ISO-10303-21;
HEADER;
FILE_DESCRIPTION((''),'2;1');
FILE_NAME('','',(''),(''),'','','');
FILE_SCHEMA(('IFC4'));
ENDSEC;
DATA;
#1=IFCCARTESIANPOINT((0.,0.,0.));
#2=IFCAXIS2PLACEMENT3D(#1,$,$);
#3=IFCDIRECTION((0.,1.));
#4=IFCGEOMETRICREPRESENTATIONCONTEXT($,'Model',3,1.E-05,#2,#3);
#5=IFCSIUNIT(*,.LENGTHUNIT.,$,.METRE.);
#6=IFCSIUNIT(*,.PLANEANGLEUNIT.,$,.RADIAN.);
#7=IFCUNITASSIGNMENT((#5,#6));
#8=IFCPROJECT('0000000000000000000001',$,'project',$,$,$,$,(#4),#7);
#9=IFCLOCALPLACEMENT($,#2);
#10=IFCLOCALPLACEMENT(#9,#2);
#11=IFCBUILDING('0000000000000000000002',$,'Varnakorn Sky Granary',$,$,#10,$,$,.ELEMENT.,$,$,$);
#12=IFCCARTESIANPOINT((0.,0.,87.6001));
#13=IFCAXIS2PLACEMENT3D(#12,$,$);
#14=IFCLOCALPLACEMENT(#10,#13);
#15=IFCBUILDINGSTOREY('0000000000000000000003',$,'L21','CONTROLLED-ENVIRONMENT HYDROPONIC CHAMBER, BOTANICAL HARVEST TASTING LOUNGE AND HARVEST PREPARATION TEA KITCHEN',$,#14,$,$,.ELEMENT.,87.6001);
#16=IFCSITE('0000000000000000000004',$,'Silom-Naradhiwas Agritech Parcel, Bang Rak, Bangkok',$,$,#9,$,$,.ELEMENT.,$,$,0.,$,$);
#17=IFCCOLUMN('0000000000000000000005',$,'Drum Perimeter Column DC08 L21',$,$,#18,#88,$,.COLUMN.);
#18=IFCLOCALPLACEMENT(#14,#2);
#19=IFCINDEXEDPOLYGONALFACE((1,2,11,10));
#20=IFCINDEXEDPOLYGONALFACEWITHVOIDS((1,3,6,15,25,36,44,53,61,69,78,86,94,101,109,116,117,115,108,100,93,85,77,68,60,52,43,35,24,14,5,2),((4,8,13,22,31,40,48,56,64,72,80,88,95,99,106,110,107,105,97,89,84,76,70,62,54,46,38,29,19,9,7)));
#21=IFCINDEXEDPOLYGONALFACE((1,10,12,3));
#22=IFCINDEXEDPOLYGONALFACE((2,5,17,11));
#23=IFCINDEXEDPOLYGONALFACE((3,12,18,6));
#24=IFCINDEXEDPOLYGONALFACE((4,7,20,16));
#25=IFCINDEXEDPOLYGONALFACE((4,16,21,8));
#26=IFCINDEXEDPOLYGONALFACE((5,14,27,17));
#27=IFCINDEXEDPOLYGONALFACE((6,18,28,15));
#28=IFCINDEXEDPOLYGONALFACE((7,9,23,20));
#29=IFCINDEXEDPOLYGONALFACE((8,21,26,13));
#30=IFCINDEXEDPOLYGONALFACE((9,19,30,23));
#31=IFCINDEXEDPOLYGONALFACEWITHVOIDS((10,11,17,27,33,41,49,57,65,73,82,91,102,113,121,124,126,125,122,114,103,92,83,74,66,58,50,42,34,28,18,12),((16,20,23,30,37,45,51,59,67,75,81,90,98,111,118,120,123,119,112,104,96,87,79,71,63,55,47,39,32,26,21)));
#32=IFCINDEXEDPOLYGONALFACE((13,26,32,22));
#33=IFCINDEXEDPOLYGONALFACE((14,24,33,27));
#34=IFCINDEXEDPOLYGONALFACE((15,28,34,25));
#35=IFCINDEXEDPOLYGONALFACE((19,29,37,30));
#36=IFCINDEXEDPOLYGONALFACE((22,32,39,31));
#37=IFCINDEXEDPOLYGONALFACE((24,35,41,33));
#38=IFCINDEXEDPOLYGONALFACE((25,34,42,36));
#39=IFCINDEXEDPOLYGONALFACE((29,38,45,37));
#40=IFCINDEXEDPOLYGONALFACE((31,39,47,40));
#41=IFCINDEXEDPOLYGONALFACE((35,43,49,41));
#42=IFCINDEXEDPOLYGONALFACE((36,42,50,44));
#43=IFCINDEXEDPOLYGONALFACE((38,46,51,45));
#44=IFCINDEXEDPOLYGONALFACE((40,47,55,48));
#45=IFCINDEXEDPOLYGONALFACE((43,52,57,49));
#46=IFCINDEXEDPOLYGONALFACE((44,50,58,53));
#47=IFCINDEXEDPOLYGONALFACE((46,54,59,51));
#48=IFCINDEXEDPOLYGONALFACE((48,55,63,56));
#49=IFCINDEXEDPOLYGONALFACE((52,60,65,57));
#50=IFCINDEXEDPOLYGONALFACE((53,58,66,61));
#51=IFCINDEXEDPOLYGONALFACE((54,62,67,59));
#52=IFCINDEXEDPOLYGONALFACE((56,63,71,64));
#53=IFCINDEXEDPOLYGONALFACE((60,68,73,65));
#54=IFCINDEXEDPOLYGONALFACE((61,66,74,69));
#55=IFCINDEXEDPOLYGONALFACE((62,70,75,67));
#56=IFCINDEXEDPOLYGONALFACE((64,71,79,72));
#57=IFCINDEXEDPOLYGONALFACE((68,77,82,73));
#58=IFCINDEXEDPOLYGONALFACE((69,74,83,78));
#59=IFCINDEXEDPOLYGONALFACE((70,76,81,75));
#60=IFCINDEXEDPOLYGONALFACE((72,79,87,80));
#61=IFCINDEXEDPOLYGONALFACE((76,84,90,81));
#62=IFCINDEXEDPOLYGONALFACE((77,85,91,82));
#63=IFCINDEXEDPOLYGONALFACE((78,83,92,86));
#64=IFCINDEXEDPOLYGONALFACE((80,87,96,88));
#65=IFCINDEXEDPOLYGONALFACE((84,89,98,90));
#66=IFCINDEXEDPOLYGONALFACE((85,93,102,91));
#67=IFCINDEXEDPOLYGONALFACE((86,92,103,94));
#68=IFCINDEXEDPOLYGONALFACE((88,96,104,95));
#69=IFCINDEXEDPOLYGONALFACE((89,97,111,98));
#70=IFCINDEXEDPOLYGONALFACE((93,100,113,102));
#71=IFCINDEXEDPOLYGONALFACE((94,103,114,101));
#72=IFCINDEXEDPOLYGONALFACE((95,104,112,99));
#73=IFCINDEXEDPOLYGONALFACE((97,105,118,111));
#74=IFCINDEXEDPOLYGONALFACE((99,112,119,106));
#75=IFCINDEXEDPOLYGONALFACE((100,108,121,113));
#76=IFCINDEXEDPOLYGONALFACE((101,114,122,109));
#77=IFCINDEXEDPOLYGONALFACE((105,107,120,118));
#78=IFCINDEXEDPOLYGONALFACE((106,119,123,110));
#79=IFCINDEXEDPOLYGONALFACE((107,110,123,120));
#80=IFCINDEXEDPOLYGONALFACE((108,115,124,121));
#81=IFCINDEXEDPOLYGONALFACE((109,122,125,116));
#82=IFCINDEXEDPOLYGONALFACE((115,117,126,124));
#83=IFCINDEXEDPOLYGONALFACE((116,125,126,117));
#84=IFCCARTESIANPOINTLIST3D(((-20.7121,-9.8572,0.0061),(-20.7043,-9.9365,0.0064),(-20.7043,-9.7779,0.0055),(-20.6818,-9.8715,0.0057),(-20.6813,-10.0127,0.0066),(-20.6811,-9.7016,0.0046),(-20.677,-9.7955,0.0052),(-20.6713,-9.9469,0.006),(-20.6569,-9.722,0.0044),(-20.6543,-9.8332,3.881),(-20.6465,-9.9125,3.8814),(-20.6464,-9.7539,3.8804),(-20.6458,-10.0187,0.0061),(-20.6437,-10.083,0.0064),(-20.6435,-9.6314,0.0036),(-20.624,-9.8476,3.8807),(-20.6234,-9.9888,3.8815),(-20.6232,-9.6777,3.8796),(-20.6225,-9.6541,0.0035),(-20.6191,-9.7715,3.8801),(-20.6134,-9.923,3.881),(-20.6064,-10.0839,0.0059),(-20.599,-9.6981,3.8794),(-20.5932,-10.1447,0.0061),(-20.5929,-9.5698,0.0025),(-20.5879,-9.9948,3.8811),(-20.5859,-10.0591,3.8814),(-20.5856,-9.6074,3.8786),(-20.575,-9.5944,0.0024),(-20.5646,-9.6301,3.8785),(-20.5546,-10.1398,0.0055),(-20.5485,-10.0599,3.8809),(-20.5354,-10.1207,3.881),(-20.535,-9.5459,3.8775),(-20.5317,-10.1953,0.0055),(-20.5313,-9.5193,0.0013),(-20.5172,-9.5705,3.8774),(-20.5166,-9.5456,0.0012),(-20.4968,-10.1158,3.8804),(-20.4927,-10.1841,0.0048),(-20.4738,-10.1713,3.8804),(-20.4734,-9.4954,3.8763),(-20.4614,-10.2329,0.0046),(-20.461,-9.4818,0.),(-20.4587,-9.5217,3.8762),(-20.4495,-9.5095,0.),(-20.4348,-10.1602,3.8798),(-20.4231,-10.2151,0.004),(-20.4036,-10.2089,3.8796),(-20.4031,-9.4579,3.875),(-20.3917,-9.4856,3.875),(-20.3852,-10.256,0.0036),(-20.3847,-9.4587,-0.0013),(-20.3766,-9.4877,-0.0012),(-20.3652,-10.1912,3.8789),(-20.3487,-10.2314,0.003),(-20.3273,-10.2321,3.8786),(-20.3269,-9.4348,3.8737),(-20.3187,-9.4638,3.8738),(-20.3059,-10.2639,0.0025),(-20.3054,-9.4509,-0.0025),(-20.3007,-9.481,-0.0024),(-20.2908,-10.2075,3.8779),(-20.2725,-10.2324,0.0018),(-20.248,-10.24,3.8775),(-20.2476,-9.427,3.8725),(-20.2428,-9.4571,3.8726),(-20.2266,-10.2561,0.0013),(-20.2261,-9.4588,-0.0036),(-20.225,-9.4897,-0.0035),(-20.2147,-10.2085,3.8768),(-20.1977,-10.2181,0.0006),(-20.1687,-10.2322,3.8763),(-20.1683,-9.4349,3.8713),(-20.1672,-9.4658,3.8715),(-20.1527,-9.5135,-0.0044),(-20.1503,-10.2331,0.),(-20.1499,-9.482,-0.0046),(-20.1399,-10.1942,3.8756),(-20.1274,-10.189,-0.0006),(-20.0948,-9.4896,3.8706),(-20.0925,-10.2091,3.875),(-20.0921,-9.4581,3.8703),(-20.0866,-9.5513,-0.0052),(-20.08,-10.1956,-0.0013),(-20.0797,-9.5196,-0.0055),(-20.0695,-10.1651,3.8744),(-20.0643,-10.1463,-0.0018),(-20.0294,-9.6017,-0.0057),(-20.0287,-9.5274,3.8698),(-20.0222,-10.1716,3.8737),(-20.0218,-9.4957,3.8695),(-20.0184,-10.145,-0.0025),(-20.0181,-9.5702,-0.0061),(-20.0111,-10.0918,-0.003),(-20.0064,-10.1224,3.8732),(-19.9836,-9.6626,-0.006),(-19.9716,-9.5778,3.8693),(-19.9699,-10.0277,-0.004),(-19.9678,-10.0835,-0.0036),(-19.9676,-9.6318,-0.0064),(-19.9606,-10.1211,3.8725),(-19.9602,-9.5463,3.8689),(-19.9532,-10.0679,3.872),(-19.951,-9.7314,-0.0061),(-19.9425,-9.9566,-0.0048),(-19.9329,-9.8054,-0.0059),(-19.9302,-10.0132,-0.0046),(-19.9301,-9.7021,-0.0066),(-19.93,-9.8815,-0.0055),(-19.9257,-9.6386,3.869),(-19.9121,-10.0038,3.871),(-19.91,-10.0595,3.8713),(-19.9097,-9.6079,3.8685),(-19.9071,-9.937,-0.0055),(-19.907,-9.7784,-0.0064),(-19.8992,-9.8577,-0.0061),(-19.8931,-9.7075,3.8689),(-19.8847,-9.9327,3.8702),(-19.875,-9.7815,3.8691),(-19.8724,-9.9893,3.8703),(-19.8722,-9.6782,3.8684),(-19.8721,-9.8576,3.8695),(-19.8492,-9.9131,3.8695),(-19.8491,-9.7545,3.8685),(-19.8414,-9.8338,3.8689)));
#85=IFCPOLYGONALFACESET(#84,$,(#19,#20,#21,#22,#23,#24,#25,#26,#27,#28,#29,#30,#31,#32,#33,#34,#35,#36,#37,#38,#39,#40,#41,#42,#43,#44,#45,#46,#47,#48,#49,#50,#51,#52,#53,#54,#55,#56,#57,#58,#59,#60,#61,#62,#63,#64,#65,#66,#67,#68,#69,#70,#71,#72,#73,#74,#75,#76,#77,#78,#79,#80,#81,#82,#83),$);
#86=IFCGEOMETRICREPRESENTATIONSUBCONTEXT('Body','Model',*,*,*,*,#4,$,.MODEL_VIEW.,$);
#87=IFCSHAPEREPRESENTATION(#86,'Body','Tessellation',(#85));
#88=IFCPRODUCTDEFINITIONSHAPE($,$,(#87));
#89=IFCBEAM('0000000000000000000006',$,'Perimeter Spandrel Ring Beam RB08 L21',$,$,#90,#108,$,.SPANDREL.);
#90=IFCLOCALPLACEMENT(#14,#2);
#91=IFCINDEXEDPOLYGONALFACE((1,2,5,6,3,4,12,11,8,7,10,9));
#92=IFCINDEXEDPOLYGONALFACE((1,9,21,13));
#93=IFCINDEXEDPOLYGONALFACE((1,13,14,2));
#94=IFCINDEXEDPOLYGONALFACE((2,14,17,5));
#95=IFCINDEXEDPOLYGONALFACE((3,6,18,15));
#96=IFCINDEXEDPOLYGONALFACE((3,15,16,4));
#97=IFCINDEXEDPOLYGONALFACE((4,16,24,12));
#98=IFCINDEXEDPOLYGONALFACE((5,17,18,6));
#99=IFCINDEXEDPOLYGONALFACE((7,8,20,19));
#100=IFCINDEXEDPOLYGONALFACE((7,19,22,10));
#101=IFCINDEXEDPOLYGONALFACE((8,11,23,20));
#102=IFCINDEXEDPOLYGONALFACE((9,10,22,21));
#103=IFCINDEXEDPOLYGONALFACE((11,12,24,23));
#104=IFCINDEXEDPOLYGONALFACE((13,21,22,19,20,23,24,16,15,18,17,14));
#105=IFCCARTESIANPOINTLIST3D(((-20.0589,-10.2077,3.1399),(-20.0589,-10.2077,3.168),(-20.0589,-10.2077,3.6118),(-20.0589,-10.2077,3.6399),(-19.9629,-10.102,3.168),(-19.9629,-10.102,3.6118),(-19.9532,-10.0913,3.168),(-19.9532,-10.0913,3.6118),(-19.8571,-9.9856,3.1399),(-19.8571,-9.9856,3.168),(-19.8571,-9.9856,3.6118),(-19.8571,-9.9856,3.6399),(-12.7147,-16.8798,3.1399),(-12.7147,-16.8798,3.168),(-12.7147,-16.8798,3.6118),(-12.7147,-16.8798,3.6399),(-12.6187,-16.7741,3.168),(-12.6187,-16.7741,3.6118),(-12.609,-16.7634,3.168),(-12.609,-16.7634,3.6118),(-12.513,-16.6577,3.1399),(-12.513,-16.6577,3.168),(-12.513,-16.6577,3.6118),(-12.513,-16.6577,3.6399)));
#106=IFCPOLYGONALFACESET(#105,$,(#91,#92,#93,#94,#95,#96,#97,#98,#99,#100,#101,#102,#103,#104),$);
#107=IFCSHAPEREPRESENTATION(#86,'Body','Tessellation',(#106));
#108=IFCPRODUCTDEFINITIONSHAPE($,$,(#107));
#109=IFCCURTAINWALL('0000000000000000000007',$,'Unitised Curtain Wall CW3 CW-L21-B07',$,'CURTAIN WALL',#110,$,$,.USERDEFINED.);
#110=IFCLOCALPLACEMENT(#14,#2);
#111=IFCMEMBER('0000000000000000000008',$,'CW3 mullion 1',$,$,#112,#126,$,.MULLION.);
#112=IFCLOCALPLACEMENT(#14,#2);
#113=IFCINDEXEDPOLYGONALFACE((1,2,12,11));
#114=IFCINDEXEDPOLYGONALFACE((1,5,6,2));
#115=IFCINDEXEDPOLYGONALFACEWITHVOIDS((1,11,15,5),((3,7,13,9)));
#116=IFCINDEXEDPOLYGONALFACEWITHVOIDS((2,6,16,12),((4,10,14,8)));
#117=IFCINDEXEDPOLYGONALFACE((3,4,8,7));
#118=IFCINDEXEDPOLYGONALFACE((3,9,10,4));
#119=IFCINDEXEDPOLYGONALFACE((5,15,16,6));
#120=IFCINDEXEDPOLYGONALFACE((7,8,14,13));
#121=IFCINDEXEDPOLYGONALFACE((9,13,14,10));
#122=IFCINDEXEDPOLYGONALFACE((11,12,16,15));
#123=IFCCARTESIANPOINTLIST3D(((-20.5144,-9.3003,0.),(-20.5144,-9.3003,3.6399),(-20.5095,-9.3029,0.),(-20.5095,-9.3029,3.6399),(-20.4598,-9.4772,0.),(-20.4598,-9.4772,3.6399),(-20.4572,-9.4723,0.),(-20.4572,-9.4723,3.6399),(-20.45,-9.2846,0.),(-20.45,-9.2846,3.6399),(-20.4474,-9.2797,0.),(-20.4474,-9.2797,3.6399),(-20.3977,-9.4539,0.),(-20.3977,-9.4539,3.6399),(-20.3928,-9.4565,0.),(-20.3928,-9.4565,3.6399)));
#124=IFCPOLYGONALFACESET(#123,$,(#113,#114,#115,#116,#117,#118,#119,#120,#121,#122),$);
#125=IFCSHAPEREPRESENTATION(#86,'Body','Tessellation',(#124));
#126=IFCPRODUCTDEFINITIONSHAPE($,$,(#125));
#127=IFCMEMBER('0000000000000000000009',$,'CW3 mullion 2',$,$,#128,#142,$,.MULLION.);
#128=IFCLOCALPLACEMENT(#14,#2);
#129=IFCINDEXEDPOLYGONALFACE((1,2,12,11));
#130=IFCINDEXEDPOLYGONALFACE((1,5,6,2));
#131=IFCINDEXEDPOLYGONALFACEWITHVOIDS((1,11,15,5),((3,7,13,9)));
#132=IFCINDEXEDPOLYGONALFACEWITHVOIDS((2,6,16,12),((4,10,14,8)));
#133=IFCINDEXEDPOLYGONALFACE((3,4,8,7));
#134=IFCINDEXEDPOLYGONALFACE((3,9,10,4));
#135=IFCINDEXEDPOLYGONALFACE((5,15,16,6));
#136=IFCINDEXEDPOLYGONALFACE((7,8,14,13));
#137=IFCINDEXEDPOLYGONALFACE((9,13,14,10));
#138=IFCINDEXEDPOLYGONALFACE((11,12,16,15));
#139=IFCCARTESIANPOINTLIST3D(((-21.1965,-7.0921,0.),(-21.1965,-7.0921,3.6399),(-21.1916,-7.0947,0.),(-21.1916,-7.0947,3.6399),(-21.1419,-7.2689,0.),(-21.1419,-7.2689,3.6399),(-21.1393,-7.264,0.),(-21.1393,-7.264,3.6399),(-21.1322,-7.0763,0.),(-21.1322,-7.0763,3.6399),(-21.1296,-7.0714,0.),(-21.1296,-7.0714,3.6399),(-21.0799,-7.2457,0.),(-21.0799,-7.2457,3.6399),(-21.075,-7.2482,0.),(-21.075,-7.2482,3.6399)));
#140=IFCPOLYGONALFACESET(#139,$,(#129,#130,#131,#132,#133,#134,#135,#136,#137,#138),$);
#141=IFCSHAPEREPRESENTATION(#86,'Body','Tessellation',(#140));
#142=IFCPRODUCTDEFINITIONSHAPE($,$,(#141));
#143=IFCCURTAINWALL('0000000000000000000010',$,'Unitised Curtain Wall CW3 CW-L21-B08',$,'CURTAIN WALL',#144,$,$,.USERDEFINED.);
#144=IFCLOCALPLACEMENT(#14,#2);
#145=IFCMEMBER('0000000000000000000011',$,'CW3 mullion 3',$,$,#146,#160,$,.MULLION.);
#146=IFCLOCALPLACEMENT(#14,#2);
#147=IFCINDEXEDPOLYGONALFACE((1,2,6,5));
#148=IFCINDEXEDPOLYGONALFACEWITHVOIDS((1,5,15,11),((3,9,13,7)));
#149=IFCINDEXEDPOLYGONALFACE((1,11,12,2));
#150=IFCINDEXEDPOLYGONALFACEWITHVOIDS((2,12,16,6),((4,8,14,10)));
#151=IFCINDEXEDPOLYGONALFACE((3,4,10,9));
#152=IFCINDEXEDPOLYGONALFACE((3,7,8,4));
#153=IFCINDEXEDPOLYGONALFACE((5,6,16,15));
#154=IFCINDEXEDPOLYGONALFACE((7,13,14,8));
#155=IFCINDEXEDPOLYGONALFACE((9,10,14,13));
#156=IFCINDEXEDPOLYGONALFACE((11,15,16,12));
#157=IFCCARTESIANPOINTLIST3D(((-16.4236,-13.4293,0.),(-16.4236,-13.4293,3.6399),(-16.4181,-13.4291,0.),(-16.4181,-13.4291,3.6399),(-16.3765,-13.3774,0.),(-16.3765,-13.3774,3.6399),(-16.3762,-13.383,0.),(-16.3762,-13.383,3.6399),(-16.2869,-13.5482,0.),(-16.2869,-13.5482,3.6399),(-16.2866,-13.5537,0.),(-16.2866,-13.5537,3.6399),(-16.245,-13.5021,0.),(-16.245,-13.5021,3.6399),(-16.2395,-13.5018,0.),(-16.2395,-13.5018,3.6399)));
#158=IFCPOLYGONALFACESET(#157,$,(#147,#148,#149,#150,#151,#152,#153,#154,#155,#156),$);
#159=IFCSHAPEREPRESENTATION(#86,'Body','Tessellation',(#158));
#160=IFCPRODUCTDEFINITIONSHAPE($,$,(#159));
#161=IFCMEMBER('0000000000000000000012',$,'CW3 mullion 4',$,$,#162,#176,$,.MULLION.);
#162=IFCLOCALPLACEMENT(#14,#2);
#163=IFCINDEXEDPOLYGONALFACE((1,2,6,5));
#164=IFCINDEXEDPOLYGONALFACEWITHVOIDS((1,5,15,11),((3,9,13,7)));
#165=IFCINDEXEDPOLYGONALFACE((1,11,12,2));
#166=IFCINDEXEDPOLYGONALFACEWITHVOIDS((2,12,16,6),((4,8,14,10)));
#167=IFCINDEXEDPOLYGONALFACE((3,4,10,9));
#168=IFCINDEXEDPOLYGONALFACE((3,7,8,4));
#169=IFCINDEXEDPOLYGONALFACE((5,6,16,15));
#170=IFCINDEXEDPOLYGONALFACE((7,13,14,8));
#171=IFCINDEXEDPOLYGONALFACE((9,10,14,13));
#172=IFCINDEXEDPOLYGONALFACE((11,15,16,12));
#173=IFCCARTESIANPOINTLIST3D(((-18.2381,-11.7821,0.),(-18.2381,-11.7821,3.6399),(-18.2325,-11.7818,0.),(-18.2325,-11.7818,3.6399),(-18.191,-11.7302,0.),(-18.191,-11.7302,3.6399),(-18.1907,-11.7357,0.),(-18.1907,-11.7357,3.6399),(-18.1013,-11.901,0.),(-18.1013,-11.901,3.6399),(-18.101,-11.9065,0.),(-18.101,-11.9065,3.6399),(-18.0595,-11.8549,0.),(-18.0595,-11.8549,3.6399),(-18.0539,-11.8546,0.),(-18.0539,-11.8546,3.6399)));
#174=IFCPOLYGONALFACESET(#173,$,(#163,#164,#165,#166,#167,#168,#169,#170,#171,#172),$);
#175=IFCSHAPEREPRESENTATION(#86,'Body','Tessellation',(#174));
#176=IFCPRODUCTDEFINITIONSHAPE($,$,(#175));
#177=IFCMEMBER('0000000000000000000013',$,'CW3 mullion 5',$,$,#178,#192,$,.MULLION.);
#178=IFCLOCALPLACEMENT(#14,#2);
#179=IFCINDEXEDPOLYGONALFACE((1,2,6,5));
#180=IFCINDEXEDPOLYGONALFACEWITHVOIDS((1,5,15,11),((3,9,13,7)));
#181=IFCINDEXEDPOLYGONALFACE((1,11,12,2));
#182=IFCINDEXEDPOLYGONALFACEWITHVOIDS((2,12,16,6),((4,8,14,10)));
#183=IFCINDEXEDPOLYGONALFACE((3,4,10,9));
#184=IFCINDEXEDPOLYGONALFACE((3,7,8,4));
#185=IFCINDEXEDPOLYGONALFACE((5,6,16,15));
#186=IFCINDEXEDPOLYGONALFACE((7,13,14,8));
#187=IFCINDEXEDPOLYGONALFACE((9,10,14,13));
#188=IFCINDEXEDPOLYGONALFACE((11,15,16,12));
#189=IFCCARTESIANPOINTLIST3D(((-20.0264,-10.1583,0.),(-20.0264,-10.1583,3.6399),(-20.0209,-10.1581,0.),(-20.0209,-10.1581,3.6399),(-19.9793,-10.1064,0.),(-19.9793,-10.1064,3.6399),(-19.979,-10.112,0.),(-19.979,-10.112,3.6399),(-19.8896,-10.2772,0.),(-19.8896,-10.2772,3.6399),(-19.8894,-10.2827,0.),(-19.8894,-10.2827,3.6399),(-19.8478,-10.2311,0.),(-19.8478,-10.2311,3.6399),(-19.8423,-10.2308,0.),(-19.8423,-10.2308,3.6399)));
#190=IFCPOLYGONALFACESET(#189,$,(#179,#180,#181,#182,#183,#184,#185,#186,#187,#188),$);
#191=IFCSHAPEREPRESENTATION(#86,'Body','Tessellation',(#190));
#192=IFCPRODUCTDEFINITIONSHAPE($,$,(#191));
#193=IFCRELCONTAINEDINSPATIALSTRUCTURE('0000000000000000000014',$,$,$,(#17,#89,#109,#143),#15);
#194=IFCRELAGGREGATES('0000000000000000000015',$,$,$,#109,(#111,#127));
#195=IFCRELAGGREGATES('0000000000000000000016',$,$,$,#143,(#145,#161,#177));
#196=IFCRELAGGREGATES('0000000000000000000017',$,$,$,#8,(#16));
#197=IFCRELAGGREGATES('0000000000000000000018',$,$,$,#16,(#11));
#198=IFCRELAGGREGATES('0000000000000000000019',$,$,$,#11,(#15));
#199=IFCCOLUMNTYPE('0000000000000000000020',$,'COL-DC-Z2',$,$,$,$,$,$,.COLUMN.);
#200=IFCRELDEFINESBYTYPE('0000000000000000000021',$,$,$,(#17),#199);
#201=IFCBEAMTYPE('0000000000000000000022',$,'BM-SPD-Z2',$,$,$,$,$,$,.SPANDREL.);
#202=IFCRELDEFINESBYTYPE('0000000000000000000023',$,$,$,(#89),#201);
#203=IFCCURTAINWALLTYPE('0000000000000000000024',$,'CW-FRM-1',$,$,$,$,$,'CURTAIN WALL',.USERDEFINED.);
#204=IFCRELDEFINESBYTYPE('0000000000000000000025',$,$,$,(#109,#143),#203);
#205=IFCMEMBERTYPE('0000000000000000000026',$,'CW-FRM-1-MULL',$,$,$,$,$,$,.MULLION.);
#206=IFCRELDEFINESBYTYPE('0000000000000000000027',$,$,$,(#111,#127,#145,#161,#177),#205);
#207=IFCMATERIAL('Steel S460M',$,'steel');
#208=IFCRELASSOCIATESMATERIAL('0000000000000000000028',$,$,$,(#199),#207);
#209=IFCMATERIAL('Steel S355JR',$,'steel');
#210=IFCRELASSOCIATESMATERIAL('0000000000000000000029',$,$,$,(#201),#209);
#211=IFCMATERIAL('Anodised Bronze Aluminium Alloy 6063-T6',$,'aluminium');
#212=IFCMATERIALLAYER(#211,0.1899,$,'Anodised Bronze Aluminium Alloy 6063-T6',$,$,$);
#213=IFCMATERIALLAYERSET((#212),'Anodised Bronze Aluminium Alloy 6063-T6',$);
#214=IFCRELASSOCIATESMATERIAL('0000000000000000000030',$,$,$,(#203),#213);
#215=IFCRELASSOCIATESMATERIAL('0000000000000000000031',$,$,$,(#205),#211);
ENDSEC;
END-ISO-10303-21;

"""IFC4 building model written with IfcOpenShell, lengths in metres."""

from ifc_helpers import new_model, si_unit, direction, frame, origin, origin_2d, place, context, subcontext, project, spatial, hollow_rectangle, hollow_circle, i_section, extrude, material, layer, layer_set, material_profile, profile_set, type_object, element, aggregate, save


model = new_model("IFC4")

# Units and contexts
model_context = context("Model", 3, precision=1e-05, world=origin(), true_north=direction((0.0, 1.0)))
body_context = subcontext(model_context, "Body", "Model", "MODEL_VIEW")
ifc_project = project(units=[si_unit("LENGTHUNIT", "METRE"), si_unit("PLANEANGLEUNIT", "RADIAN")], contexts=[model_context])

# Site, building, storey
site_placement = place(None, origin())
site = spatial("IfcSite", under=ifc_project, at=site_placement, Name="Silom-Naradhiwas Agritech Parcel, Bang Rak, Bangkok", CompositionType="ELEMENT", RefElevation=0.0)
building_placement = place(site_placement, origin())
building = spatial("IfcBuilding", under=site, at=building_placement, Name="Varnakorn Sky Granary", CompositionType="ELEMENT")
storey_placement = place(building_placement, frame((0.0, 0.0, 87.6001)))
storey = spatial("IfcBuildingStorey", under=building, at=storey_placement, Name="L21", Description="CONTROLLED-ENVIRONMENT HYDROPONIC CHAMBER, BOTANICAL HARVEST TASTING LOUNGE AND HARVEST PREPARATION TEA KITCHEN", CompositionType="ELEMENT", Elevation=87.6001)

# Column
ifc_material_1 = material(Name="Steel S460M", Category="steel")
ifc_material_profile_1 = material_profile(ifc_material_1, hollow_circle(Radius=0.4065, WallThickness=0.03, at=origin_2d()), Name="CHS 813x30")
ifc_profile_set_1 = profile_set([ifc_material_profile_1], Name="Steel S460M")
column_type = type_object("IfcColumnType", Name="COL-DC-Z2", PredefinedType="COLUMN", material=ifc_profile_set_1)
column_placement = place(storey_placement, frame((-20.3057, -9.8574, 0.0), z_axis=(0.01493, 0.006174, 0.999869), x_axis=(-0.382122, 0.924112, 0.0)))
element("IfcColumn", 1, at=column_placement, inside=storey, type_object=column_type, Name="Drum Perimeter Column DC08 L21", PredefinedType="COLUMN", context=body_context, shape_type="SweptSolid", body=[
    extrude(hollow_circle(Radius=0.4065, WallThickness=0.03, at=origin_2d()), origin(), (0.0, 0.0, 1.0), 3.8755),
])

# Beam
ifc_material_2 = material(Name="Steel S355JR", Category="steel")
ifc_material_profile_2 = material_profile(ifc_material_2, i_section(OverallWidth=0.3, OverallDepth=0.5, WebThickness=0.0144, FlangeThickness=0.0281, at=origin_2d()), Name="HE 500 B")
ifc_profile_set_2 = profile_set([ifc_material_profile_2], Name="Steel S355JR")
beam_type = type_object("IfcBeamType", Name="BM-SPD-Z2", PredefinedType="SPANDREL", material=ifc_profile_set_2)
beam_placement = place(storey_placement, frame((-19.958, -10.0967, 3.3899), z_axis=(0.740164, -0.672427, 0.0), x_axis=(0.672427, 0.740164, 0.0)))
element("IfcBeam", 2, at=beam_placement, inside=storey, type_object=beam_type, Name="Perimeter Spandrel Ring Beam RB08 L21", PredefinedType="SPANDREL", context=body_context, shape_type="SweptSolid", body=[
    extrude(i_section(OverallWidth=0.3, OverallDepth=0.5, WebThickness=0.0144, FlangeThickness=0.0281, at=origin_2d()), origin(), (0.0, 0.0, 1.0), 9.9224),
])

# Curtain walls, members
ifc_material_3 = material(Name="Anodised Bronze Aluminium Alloy 6063-T6", Category="aluminium")
ifc_layer_1 = layer(ifc_material_3, 0.1899, Name="Anodised Bronze Aluminium Alloy 6063-T6")
ifc_layer_set_1 = layer_set([ifc_layer_1], Name="Anodised Bronze Aluminium Alloy 6063-T6")
curtain_wall_type = type_object("IfcCurtainWallType", Name="CW-FRM-1", ElementType="CURTAIN WALL", PredefinedType="USERDEFINED", material=ifc_layer_set_1)
curtain_wall_1_placement = place(storey_placement, origin())
curtain_wall_1 = element("IfcCurtainWall", 3, at=curtain_wall_1_placement, inside=storey, type_object=curtain_wall_type, Name="Unitised Curtain Wall CW3 CW-L21-B07", ObjectType="CURTAIN WALL", PredefinedType="USERDEFINED")
ifc_material_profile_3 = material_profile(ifc_material_3, hollow_rectangle(XDim=0.0701, YDim=0.1851, WallThickness=0.0039, at=origin_2d()), Name="ALU MULL 70x185")
ifc_profile_set_3 = profile_set([ifc_material_profile_3], Name="Anodised Bronze Aluminium Alloy 6063-T6")
member_type_1 = type_object("IfcMemberType", Name="CW-FRM-1-MULL", PredefinedType="MULLION", material=ifc_profile_set_3)
member_1_placement = place(storey_placement, frame((-20.4536, -9.3784, 0.0), z_axis=(0.0, 0.0, 1.0), x_axis=(-0.955476, -0.295069, 0.0)))
member_1 = element("IfcMember", 4, at=member_1_placement, type_object=member_type_1, Name="CW3 mullion 1", PredefinedType="MULLION", context=body_context, shape_type="SweptSolid", body=[
    extrude(hollow_rectangle(XDim=0.0701, YDim=0.1851, WallThickness=0.0039, at=origin_2d()), origin(), (0.0, 0.0, 1.0), 3.6399),
])
member_2_placement = place(storey_placement, frame((-21.1357, -7.1702, 0.0), z_axis=(0.0, 0.0, 1.0), x_axis=(-0.955476, -0.295069, 0.0)))
member_2 = element("IfcMember", 5, at=member_2_placement, type_object=member_type_1, Name="CW3 mullion 2", PredefinedType="MULLION", context=body_context, shape_type="SweptSolid", body=[
    extrude(hollow_rectangle(XDim=0.0701, YDim=0.1851, WallThickness=0.0039, at=origin_2d()), origin(), (0.0, 0.0, 1.0), 3.6399),
])
curtain_wall_2_placement = place(storey_placement, origin())
curtain_wall_2 = element("IfcCurtainWall", 6, at=curtain_wall_2_placement, inside=storey, type_object=curtain_wall_type, Name="Unitised Curtain Wall CW3 CW-L21-B08", ObjectType="CURTAIN WALL", PredefinedType="USERDEFINED")
member_3_placement = place(storey_placement, frame((-16.3315, -13.4656, 0.0), z_axis=(0.0, 0.0, 1.0), x_axis=(-0.67219, -0.740378, 0.0)))
member_3 = element("IfcMember", 7, at=member_3_placement, type_object=member_type_1, Name="CW3 mullion 3", PredefinedType="MULLION", context=body_context, shape_type="SweptSolid", body=[
    extrude(hollow_rectangle(XDim=0.0701, YDim=0.1851, WallThickness=0.0039, at=origin_2d()), origin(), (0.0, 0.0, 1.0), 3.6399),
])
member_4_placement = place(storey_placement, frame((-18.146, -11.8184, 0.0), z_axis=(0.0, 0.0, 1.0), x_axis=(-0.67219, -0.740378, 0.0)))
member_4 = element("IfcMember", 8, at=member_4_placement, type_object=member_type_1, Name="CW3 mullion 4", PredefinedType="MULLION", context=body_context, shape_type="SweptSolid", body=[
    extrude(hollow_rectangle(XDim=0.0701, YDim=0.1851, WallThickness=0.0039, at=origin_2d()), origin(), (0.0, 0.0, 1.0), 3.6399),
])
member_5_placement = place(storey_placement, frame((-19.9343, -10.1946, 0.0), z_axis=(0.0, 0.0, 1.0), x_axis=(-0.67219, -0.740378, 0.0)))
member_5 = element("IfcMember", 9, at=member_5_placement, type_object=member_type_1, Name="CW3 mullion 5", PredefinedType="MULLION", context=body_context, shape_type="SweptSolid", body=[
    extrude(hollow_rectangle(XDim=0.0701, YDim=0.1851, WallThickness=0.0039, at=origin_2d()), origin(), (0.0, 0.0, 1.0), 3.6399),
])

aggregate(curtain_wall_1, [member_1, member_2])
aggregate(curtain_wall_2, [member_3, member_4, member_5])

save(model, "model.ifc")
